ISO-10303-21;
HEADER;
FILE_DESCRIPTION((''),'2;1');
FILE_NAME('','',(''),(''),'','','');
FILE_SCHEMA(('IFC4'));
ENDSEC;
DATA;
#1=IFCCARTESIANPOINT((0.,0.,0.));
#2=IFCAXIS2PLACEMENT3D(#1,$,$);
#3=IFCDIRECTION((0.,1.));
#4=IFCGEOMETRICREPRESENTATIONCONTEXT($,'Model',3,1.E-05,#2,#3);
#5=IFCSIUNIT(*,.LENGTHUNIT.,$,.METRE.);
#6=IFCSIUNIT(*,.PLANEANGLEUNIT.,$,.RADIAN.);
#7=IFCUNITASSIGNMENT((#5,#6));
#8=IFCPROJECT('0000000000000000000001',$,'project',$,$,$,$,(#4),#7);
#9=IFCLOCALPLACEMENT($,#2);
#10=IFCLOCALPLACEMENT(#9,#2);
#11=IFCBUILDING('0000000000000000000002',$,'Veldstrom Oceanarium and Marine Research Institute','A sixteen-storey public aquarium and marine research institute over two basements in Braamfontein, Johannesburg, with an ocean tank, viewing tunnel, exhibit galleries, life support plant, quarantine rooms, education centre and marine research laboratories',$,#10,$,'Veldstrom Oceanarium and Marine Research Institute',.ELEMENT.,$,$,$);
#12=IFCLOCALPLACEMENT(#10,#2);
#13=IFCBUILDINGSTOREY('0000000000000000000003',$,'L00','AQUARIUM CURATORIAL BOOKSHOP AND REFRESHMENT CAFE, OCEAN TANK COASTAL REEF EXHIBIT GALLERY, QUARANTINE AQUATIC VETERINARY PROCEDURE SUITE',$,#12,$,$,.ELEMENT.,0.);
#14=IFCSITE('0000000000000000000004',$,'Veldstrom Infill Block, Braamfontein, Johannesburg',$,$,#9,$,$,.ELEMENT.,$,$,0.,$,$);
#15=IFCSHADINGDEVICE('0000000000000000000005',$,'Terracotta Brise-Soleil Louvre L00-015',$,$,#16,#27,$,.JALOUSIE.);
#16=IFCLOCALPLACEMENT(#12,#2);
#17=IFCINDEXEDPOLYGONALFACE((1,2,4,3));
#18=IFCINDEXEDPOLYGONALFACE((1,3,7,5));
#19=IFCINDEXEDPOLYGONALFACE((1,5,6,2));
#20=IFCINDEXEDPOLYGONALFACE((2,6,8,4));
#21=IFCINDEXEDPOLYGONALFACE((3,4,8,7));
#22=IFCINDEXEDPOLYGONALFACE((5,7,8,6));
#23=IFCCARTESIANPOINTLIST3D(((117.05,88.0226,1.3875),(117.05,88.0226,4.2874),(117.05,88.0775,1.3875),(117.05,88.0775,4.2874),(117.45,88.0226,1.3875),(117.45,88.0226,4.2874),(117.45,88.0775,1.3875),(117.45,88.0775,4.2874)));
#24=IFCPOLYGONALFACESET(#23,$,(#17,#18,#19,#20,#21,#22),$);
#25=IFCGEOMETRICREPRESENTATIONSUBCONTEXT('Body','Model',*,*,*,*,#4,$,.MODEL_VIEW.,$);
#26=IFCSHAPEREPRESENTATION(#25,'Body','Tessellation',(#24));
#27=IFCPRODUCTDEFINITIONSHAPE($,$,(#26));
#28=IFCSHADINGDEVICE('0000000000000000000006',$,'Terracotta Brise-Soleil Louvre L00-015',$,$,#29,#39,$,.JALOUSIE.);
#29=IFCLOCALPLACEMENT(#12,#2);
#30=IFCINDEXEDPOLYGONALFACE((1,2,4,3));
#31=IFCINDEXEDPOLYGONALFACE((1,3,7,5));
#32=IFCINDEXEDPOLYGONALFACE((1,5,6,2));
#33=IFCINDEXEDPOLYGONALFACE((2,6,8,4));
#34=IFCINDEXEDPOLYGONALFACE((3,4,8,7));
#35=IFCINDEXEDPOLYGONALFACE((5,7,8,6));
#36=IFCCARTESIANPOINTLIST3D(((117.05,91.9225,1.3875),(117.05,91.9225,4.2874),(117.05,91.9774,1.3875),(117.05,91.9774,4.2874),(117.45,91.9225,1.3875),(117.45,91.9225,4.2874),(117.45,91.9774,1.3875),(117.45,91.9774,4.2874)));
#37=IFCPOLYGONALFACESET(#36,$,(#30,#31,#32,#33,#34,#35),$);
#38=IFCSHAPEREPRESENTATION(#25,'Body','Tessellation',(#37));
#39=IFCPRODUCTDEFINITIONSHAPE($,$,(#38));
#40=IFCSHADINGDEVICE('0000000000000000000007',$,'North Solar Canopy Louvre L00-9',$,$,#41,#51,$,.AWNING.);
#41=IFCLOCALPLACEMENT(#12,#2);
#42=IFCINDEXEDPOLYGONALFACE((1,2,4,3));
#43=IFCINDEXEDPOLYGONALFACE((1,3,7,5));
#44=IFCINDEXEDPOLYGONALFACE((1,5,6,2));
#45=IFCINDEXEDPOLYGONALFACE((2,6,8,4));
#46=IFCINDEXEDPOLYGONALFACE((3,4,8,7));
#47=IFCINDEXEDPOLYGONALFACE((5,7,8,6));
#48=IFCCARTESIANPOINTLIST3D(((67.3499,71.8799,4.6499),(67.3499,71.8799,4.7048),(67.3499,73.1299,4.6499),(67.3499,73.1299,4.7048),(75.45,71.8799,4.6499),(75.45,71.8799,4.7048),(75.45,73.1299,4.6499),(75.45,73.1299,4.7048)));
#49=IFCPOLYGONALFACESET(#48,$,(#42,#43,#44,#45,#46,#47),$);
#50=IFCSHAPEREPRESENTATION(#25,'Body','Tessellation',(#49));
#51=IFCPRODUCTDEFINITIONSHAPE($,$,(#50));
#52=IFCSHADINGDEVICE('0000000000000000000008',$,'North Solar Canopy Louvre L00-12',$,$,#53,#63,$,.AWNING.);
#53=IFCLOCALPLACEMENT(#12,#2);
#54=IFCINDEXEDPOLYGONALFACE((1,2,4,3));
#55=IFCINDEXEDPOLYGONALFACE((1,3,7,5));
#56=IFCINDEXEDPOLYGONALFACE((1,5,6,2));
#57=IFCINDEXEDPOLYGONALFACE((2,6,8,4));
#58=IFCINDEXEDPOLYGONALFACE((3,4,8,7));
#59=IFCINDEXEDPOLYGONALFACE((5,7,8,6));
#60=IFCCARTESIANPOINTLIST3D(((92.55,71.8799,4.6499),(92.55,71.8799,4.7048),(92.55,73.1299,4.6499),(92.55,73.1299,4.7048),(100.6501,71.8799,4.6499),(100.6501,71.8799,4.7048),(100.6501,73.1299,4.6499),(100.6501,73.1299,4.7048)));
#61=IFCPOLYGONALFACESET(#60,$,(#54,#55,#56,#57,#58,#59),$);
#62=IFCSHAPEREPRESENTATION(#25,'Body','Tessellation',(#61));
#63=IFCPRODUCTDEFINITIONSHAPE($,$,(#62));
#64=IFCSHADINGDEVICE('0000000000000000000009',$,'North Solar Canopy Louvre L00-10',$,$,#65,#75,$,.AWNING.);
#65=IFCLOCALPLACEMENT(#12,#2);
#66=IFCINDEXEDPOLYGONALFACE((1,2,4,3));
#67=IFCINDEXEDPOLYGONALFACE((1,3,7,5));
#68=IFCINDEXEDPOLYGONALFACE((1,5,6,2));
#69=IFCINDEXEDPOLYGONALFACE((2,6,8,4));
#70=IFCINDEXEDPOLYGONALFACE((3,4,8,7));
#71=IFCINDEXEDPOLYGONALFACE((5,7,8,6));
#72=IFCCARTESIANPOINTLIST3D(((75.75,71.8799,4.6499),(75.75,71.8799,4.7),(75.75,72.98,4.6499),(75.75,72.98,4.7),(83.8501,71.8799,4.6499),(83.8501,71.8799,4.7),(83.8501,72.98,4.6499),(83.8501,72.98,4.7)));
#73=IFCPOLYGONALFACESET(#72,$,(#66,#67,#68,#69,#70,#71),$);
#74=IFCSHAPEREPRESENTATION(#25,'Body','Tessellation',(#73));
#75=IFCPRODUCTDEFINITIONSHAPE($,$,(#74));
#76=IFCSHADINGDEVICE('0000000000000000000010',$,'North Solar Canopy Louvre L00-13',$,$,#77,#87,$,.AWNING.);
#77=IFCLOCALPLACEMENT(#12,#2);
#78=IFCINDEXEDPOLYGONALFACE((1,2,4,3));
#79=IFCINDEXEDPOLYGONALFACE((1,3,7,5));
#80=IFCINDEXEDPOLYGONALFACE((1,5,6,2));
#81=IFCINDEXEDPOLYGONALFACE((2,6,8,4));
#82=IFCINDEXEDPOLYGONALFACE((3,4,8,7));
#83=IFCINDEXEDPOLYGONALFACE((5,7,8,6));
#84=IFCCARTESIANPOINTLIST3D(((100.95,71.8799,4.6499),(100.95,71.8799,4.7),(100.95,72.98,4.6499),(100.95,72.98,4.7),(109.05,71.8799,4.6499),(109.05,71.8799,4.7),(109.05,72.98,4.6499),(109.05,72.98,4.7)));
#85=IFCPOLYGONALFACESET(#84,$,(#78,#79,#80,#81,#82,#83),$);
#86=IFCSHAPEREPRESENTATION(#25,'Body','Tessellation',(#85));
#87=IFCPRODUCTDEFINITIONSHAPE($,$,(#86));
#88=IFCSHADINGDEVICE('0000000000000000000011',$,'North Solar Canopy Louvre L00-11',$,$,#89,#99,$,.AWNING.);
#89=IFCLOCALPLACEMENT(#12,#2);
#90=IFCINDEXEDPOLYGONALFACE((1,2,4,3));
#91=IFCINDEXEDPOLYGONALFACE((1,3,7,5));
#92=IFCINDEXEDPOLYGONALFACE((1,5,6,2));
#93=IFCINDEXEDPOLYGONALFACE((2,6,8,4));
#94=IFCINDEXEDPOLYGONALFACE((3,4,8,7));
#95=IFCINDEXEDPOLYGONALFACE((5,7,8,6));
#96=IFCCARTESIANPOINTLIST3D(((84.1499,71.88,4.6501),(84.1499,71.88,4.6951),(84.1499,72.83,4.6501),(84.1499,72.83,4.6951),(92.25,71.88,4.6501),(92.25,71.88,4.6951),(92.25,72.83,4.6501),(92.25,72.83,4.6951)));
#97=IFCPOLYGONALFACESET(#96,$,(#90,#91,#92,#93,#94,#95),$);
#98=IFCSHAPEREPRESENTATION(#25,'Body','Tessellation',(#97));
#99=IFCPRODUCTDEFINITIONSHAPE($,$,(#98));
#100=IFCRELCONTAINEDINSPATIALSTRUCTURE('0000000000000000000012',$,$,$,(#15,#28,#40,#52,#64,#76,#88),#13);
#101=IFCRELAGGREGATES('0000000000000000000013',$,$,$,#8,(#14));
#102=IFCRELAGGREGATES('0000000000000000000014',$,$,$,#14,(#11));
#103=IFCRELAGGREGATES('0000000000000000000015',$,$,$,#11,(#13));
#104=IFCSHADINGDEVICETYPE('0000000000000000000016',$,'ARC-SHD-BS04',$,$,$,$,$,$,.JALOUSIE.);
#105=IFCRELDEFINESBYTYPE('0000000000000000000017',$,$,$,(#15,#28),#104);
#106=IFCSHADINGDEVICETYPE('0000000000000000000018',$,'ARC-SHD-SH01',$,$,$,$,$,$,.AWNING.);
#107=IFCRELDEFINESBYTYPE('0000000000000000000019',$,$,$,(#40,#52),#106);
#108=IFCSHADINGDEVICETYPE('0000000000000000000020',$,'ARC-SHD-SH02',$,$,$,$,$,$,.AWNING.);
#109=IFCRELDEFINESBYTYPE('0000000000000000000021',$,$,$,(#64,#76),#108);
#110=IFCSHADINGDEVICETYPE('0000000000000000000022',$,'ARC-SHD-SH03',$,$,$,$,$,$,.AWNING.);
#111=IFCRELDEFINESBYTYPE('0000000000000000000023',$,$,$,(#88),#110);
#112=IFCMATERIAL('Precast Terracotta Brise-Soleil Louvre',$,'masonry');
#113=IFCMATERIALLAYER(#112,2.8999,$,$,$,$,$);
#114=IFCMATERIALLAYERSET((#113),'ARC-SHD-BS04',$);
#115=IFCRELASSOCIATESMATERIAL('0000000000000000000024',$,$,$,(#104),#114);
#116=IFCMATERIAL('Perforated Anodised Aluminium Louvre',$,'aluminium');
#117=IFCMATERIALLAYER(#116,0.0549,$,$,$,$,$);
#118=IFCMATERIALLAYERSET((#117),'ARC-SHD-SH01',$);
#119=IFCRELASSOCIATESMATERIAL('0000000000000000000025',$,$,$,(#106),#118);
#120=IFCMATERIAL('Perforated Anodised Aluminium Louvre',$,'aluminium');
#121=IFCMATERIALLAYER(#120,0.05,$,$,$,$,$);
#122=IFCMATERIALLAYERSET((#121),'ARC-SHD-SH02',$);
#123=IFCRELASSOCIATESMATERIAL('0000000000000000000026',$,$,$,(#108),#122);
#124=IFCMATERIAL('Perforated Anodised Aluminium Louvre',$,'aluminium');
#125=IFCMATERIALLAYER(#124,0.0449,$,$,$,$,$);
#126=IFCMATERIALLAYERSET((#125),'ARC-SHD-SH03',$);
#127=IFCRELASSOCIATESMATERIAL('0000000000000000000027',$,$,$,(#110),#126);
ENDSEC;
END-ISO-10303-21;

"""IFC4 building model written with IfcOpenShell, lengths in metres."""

from ifc_helpers import new_model, si_unit, direction, frame, origin, origin_2d, place, context, subcontext, project, spatial, rectangle, extrude, material, layer, layer_set, type_object, element, save


model = new_model("IFC4")

# Units and contexts
model_context = context("Model", 3, precision=1e-05, world=origin(), true_north=direction((0.0, 1.0)))
body_context = subcontext(model_context, "Body", "Model", "MODEL_VIEW")
ifc_project = project(units=[si_unit("LENGTHUNIT", "METRE"), si_unit("PLANEANGLEUNIT", "RADIAN")], contexts=[model_context])

# Site, building, storey
site_placement = place(None, origin())
site = spatial("IfcSite", under=ifc_project, at=site_placement, Name="Veldstrom Infill Block, Braamfontein, Johannesburg", CompositionType="ELEMENT", RefElevation=0.0)
building_placement = place(site_placement, origin())
building = spatial("IfcBuilding", under=site, at=building_placement, Name="Veldstrom Oceanarium and Marine Research Institute", Description="A sixteen-storey public aquarium and marine research institute over two basements in Braamfontein, Johannesburg, with an ocean tank, viewing tunnel, exhibit galleries, life support plant, quarantine rooms, education centre and marine research laboratories", LongName="Veldstrom Oceanarium and Marine Research Institute", CompositionType="ELEMENT")
storey_placement = place(building_placement, origin())
storey = spatial("IfcBuildingStorey", under=building, at=storey_placement, Name="L00", Description="AQUARIUM CURATORIAL BOOKSHOP AND REFRESHMENT CAFE, OCEAN TANK COASTAL REEF EXHIBIT GALLERY, QUARANTINE AQUATIC VETERINARY PROCEDURE SUITE", CompositionType="ELEMENT", Elevation=0.0)

# Shading devices
ifc_material_1 = material(Name="Precast Terracotta Brise-Soleil Louvre", Category="masonry")
ifc_layer_1 = layer(ifc_material_1, 2.8999)
ifc_layer_set_1 = layer_set([ifc_layer_1], Name="ARC-SHD-BS04")
shading_device_type_1 = type_object("IfcShadingDeviceType", Name="ARC-SHD-BS04", PredefinedType="JALOUSIE", material=ifc_layer_set_1)
for number, where, z_axis, x_axis, name in (
    (1, (117.25, 88.05, 1.3875), (0.0, 0.0, 1.0), (1.0, 0.0, 0.0), "Terracotta Brise-Soleil Louvre L00-015"),
    (2, (117.25, 91.95, 1.3875), (0.0, 0.0, 1.0), (1.0, 0.0, 0.0), "Terracotta Brise-Soleil Louvre L00-015"),
):
    element("IfcShadingDevice", number, at=place(storey_placement, frame(where, z_axis=z_axis, x_axis=x_axis)), inside=storey, type_object=shading_device_type_1, Name=name, PredefinedType="JALOUSIE", context=body_context, shape_type="SweptSolid", body=[
        extrude(rectangle(XDim=0.3999, YDim=0.0549, at=origin_2d()), origin(), (0.0, 0.0, 1.0), 2.8999),
    ])
ifc_material_2 = material(Name="Perforated Anodised Aluminium Louvre", Category="aluminium")
ifc_layer_2 = layer(ifc_material_2, 0.0549)
ifc_layer_set_2 = layer_set([ifc_layer_2], Name="ARC-SHD-SH01")
shading_device_type_2 = type_object("IfcShadingDeviceType", Name="ARC-SHD-SH01", PredefinedType="AWNING", material=ifc_layer_set_2)
for number, where, z_axis, x_axis, name in (
    (3, (71.3999, 72.5049, 4.6499), (0.0, 0.0, 1.0), (1.0, 0.0, 0.0), "North Solar Canopy Louvre L00-9"),
    (4, (96.6001, 72.5049, 4.6499), (0.0, 0.0, 1.0), (1.0, 0.0, 0.0), "North Solar Canopy Louvre L00-12"),
):
    element("IfcShadingDevice", number, at=place(storey_placement, frame(where, z_axis=z_axis, x_axis=x_axis)), inside=storey, type_object=shading_device_type_2, Name=name, PredefinedType="AWNING", context=body_context, shape_type="SweptSolid", body=[
        extrude(rectangle(XDim=8.1001, YDim=1.25, at=origin_2d()), origin(), (0.0, 0.0, 1.0), 0.0549),
    ])
ifc_material_3 = material(Name="Perforated Anodised Aluminium Louvre", Category="aluminium")
ifc_layer_3 = layer(ifc_material_3, 0.05)
ifc_layer_set_3 = layer_set([ifc_layer_3], Name="ARC-SHD-SH02")
shading_device_type_3 = type_object("IfcShadingDeviceType", Name="ARC-SHD-SH02", PredefinedType="AWNING", material=ifc_layer_set_3)
for number, where, z_axis, x_axis, name in (
    (5, (79.8, 72.4299, 4.6499), (0.0, 0.0, 1.0), (1.0, 0.0, 0.0), "North Solar Canopy Louvre L00-10"),
    (6, (105.0, 72.4299, 4.6499), (0.0, 0.0, 1.0), (1.0, 0.0, 0.0), "North Solar Canopy Louvre L00-13"),
):
    element("IfcShadingDevice", number, at=place(storey_placement, frame(where, z_axis=z_axis, x_axis=x_axis)), inside=storey, type_object=shading_device_type_3, Name=name, PredefinedType="AWNING", context=body_context, shape_type="SweptSolid", body=[
        extrude(rectangle(XDim=8.1001, YDim=1.1001, at=origin_2d()), origin(), (0.0, 0.0, 1.0), 0.05),
    ])
ifc_material_4 = material(Name="Perforated Anodised Aluminium Louvre", Category="aluminium")
ifc_layer_4 = layer(ifc_material_4, 0.0449)
ifc_layer_set_4 = layer_set([ifc_layer_4], Name="ARC-SHD-SH03")
shading_device_type_4 = type_object("IfcShadingDeviceType", Name="ARC-SHD-SH03", PredefinedType="AWNING", material=ifc_layer_set_4)
shading_device_placement = place(storey_placement, frame((88.2, 72.355, 4.6501), z_axis=(0.0, 0.0, 1.0), x_axis=(1.0, 0.0, 0.0)))
element("IfcShadingDevice", 7, at=shading_device_placement, inside=storey, type_object=shading_device_type_4, Name="North Solar Canopy Louvre L00-11", PredefinedType="AWNING", context=body_context, shape_type="SweptSolid", body=[
    extrude(rectangle(XDim=8.1001, YDim=0.95, at=origin_2d()), origin(), (0.0, 0.0, 1.0), 0.0449),
])

save(model, "model.ifc")
